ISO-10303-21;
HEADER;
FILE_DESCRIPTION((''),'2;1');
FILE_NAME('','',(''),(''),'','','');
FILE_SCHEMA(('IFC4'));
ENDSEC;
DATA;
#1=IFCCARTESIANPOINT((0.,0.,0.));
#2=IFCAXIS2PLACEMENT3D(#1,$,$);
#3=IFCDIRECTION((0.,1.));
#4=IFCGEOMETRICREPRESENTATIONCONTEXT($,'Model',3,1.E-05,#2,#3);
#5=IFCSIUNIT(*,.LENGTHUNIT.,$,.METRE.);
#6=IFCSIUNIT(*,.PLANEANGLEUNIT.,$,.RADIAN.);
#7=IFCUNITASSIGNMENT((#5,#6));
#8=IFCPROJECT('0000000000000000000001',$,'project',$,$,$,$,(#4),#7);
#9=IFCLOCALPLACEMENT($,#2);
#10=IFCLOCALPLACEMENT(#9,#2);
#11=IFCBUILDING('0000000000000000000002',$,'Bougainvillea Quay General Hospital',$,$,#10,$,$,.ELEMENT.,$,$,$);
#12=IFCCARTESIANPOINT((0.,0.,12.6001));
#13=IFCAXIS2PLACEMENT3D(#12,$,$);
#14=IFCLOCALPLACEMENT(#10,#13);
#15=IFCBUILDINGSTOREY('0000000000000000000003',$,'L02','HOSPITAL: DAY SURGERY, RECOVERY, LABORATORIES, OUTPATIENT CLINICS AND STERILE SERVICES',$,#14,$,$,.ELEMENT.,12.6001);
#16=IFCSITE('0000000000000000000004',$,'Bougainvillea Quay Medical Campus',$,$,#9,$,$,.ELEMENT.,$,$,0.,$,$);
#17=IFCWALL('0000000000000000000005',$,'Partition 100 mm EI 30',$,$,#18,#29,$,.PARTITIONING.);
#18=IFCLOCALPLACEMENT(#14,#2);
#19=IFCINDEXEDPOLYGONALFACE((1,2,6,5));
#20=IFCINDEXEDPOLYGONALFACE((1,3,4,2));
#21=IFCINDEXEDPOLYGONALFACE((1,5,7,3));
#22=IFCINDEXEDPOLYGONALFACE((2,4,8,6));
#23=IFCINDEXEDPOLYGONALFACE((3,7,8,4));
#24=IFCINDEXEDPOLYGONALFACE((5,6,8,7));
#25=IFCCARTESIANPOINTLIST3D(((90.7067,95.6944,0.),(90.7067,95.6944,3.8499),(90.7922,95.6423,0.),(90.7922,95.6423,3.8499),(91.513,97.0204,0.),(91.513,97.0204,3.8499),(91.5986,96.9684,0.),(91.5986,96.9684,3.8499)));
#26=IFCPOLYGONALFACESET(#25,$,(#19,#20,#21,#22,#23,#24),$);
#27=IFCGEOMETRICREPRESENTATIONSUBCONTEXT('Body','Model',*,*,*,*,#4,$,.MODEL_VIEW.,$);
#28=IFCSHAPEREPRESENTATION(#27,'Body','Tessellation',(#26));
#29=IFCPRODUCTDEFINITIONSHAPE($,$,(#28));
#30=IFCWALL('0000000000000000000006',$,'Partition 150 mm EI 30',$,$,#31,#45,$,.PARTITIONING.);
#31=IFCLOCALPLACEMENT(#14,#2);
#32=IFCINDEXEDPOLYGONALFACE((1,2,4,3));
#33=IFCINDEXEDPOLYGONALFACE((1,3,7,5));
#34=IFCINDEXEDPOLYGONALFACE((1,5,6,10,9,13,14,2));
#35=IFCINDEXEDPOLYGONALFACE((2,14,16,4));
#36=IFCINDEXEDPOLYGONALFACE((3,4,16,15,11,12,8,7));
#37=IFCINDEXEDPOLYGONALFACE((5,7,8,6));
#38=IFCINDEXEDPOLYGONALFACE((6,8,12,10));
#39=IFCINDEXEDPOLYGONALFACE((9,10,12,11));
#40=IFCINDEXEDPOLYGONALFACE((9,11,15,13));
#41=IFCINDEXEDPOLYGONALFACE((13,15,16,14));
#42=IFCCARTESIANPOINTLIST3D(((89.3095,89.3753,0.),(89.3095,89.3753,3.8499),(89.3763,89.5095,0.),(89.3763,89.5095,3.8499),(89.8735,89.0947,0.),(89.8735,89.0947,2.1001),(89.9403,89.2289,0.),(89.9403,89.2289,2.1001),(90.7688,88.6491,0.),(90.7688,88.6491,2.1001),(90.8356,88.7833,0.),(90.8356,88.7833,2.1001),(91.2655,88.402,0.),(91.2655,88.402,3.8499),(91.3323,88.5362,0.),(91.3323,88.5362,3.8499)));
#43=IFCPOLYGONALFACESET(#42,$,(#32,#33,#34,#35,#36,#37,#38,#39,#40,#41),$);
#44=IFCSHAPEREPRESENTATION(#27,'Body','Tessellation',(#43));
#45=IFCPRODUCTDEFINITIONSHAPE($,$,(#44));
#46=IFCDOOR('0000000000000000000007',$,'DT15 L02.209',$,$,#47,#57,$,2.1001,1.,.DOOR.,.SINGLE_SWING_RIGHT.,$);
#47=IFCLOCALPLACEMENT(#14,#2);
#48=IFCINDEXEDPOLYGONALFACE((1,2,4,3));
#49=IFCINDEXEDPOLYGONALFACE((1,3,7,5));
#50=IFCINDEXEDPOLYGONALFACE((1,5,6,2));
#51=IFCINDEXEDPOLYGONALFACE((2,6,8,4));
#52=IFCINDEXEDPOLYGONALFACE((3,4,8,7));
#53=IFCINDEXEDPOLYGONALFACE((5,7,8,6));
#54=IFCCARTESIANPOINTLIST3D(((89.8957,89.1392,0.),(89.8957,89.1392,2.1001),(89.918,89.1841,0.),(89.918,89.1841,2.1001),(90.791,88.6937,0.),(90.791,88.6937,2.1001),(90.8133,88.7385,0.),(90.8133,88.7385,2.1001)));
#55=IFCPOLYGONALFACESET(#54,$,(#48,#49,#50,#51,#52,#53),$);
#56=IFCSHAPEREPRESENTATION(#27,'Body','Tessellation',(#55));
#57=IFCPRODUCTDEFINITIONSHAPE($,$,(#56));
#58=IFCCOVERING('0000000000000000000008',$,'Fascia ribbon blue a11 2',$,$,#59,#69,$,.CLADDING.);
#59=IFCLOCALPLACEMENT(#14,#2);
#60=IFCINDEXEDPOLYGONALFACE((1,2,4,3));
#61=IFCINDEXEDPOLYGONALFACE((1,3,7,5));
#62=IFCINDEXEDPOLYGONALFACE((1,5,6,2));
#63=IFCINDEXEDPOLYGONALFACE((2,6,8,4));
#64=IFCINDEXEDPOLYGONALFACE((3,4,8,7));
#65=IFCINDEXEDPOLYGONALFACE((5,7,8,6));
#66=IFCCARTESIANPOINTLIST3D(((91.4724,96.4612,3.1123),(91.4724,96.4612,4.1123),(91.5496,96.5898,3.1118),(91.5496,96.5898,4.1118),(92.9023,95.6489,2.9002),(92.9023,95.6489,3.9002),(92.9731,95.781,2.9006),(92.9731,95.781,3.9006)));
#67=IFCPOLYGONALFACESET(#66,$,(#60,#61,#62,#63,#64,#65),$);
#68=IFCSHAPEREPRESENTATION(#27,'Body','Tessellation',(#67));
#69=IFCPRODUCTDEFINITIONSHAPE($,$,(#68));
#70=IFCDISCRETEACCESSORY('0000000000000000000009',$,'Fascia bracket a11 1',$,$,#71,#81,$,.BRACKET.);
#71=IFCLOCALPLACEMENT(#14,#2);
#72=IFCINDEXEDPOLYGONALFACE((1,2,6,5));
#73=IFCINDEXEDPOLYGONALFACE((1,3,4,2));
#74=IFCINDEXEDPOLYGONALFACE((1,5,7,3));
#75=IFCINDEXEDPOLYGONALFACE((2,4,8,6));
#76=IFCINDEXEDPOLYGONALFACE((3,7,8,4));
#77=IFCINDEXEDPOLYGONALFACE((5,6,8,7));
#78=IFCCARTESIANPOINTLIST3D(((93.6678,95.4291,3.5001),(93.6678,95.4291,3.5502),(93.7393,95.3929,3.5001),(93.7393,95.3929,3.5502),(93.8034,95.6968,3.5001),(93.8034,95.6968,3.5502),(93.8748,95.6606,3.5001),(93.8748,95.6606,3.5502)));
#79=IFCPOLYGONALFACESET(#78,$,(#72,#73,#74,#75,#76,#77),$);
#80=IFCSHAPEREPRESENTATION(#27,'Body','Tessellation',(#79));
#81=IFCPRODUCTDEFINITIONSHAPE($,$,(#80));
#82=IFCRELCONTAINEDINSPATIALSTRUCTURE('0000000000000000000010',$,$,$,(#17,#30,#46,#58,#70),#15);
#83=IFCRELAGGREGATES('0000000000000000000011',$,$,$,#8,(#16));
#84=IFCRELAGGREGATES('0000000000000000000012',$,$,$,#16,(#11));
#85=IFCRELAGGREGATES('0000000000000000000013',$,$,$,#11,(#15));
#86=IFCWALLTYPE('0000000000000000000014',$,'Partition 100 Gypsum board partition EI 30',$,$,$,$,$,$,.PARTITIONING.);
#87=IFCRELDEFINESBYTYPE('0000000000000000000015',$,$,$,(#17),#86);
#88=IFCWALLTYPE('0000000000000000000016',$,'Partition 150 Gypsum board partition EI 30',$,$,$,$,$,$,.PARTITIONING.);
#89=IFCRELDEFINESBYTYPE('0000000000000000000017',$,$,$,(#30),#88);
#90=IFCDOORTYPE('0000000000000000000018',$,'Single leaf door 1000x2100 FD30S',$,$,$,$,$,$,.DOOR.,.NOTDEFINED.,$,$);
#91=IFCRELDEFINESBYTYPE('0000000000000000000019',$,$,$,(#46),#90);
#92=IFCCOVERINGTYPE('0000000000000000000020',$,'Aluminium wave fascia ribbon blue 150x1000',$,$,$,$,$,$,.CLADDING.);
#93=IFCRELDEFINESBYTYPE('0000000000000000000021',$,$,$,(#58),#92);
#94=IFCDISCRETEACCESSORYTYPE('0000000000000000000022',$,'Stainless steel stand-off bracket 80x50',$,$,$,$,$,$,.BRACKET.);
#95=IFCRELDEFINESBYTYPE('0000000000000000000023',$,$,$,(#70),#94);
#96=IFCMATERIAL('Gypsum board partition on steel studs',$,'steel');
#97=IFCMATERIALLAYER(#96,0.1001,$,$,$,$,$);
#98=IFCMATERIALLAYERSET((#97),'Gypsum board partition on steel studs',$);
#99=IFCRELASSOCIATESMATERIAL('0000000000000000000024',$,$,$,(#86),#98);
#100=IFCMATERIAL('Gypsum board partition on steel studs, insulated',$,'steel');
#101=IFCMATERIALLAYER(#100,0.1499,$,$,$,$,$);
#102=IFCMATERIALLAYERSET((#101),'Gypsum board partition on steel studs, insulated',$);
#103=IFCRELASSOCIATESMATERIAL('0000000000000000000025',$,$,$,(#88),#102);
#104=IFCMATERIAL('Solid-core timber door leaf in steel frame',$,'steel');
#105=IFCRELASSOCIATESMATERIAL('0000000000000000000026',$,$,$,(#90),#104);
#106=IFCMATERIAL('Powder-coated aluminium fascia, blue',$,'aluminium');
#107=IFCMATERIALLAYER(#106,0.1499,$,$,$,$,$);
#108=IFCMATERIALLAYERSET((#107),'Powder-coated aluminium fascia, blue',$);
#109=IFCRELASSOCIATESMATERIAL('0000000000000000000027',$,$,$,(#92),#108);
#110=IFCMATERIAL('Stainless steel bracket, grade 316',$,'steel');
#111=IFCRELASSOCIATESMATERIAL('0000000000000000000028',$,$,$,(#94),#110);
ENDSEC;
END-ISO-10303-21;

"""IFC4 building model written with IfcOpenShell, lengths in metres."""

from ifc_helpers import new_model, si_unit, direction, frame, frame_2d, origin, origin_2d, place, context, subcontext, project, spatial, polyline, rectangle, outline, extrude, material, layer, layer_set, material_profile, profile_set, type_object, element, fill, save


model = new_model("IFC4")

# Units and contexts
model_context = context("Model", 3, precision=1e-05, world=origin(), true_north=direction((0.0, 1.0)))
body_context = subcontext(model_context, "Body", "Model", "MODEL_VIEW")
ifc_project = project(units=[si_unit("LENGTHUNIT", "METRE"), si_unit("PLANEANGLEUNIT", "RADIAN")], contexts=[model_context])

# Site, building, storey
site_placement = place(None, origin())
site = spatial("IfcSite", under=ifc_project, at=site_placement, Name="Bougainvillea Quay Medical Campus", CompositionType="ELEMENT", RefElevation=0.0)
building_placement = place(site_placement, origin())
building = spatial("IfcBuilding", under=site, at=building_placement, Name="Bougainvillea Quay General Hospital", CompositionType="ELEMENT")
storey_placement = place(building_placement, frame((0.0, 0.0, 12.6001)))
storey = spatial("IfcBuildingStorey", under=building, at=storey_placement, Name="L02", Description="HOSPITAL: DAY SURGERY, RECOVERY, LABORATORIES, OUTPATIENT CLINICS AND STERILE SERVICES", CompositionType="ELEMENT", Elevation=12.6001)

# Wall
ifc_material_1 = material(Name="Gypsum board partition on steel studs", Category="steel")
ifc_layer_1 = layer(ifc_material_1, 0.1001)
ifc_layer_set_1 = layer_set([ifc_layer_1], Name="Gypsum board partition on steel studs")
wall_type_1 = type_object("IfcWallType", Name="Partition 100 Gypsum board partition EI 30", PredefinedType="PARTITIONING", material=ifc_layer_set_1)
wall_1_placement = place(storey_placement, frame((90.7495, 95.6685, 0.0), z_axis=(0.0, 0.0, 1.0), x_axis=(0.519553, 0.854438, 0.0)))
element("IfcWall", 1, at=wall_1_placement, inside=storey, type_object=wall_type_1, Name="Partition 100 mm EI 30", PredefinedType="PARTITIONING", context=body_context, shape_type="SweptSolid", body=[
    extrude(rectangle(XDim=1.552, YDim=0.1001, at=frame_2d((0.7759, 0.0))), origin(), (0.0, 0.0, 1.0), 3.8499),
])

# Wall, opening, door
ifc_material_2 = material(Name="Gypsum board partition on steel studs, insulated", Category="steel")
ifc_layer_2 = layer(ifc_material_2, 0.1499)
ifc_layer_set_2 = layer_set([ifc_layer_2], Name="Gypsum board partition on steel studs, insulated")
wall_type_2 = type_object("IfcWallType", Name="Partition 150 Gypsum board partition EI 30", PredefinedType="PARTITIONING", material=ifc_layer_set_2)
wall_2_placement = place(storey_placement, frame((89.343, 89.4424, 0.0), z_axis=(0.0, 0.0, 1.0), x_axis=(0.895275, -0.445514, 0.0)))
wall_2 = element("IfcWall", 2, at=wall_2_placement, inside=storey, type_object=wall_type_2, Name="Partition 150 mm EI 30", PredefinedType="PARTITIONING", context=body_context, shape_type="SweptSolid", body=[
    extrude(rectangle(XDim=2.1848, YDim=0.1499, at=frame_2d((1.0923, 0.0))), origin(), (0.0, 0.0, 1.0), 3.8499),
])
opening_placement = place(wall_2_placement, frame((0.6299, 0.0, 0.0)))
opening = element("IfcOpeningElement", 3, at=opening_placement, cuts=wall_2, PredefinedType="OPENING", context=body_context, shape_type="SweptSolid", body=[
    extrude(rectangle(XDim=1.0, YDim=2.1001, at=frame_2d((0.5, 1.05))), frame((0.0, 0.085, 0.0), z_axis=(0.0, -1.0, 0.0), x_axis=(1.0, 0.0, 0.0)), (0.0, 0.0, 1.0), 0.1699),
])
ifc_material_3 = material(Name="Solid-core timber door leaf in steel frame", Category="steel")
door_type = type_object("IfcDoorType", Name="Single leaf door 1000x2100 FD30S", OperationType="NOTDEFINED", PredefinedType="DOOR", material=ifc_material_3)
door_placement = place(opening_placement, origin())
door = element("IfcDoor", 4, at=door_placement, inside=storey, type_object=door_type, Name="DT15 L02.209", OperationType="SINGLE_SWING_RIGHT", OverallHeight=2.1001, OverallWidth=1.0, PredefinedType="DOOR", context=body_context, shape_type="SweptSolid", body=[
    extrude(rectangle(XDim=1.0, YDim=2.1001, at=frame_2d((0.5, 1.05))), frame((0.0, 0.0249, 0.0), z_axis=(0.0, -1.0, 0.0), x_axis=(1.0, 0.0, 0.0)), (0.0, 0.0, 1.0), 0.05),
])
fill(opening, door)

# Covering
ifc_material_4 = material(Name="Powder-coated aluminium fascia, blue", Category="aluminium")
ifc_layer_3 = layer(ifc_material_4, 0.1499)
ifc_layer_set_3 = layer_set([ifc_layer_3], Name="Powder-coated aluminium fascia, blue")
covering_type = type_object("IfcCoveringType", Name="Aluminium wave fascia ribbon blue 150x1000", PredefinedType="CLADDING", material=ifc_layer_set_3)
covering_placement = place(storey_placement, frame((92.9731, 95.781, 2.9006), z_axis=(0.11127, -0.063136, 0.991783), x_axis=(-0.862316, 0.489942, 0.127935)))
element("IfcCovering", 5, at=covering_placement, inside=storey, type_object=covering_type, Name="Fascia ribbon blue a11 2", PredefinedType="CLADDING", context=body_context, shape_type="SweptSolid", body=[
    extrude(outline(polyline([(0.0, 0.0), (1.6509, 0.0), (1.6544, 0.15), (-0.0037, 0.1498), (0.0, 0.0)])), origin(), (0.127935, 0.000072, 0.991783), 1.0),
])

# Discrete accessory
ifc_material_5 = material(Name="Stainless steel bracket, grade 316", Category="steel")
ifc_material_profile_1 = material_profile(ifc_material_5, rectangle(XDim=0.0801, YDim=0.05, at=origin_2d()))
ifc_profile_set_1 = profile_set([ifc_material_profile_1], Name="Stainless steel bracket, grade 316")
discrete_accessory_type = type_object("IfcDiscreteAccessoryType", Name="Stainless steel stand-off bracket 80x50", PredefinedType="BRACKET", material=ifc_profile_set_1)
discrete_accessory_placement = place(storey_placement, frame((93.8391, 95.6787, 3.5251), z_axis=(-0.451766, -0.892136, 0.0), x_axis=(0.892136, -0.451766, 0.0)))
element("IfcDiscreteAccessory", 6, at=discrete_accessory_placement, inside=storey, type_object=discrete_accessory_type, Name="Fascia bracket a11 1", PredefinedType="BRACKET", context=body_context, shape_type="SweptSolid", body=[
    extrude(rectangle(XDim=0.0801, YDim=0.05, at=origin_2d()), origin(), (0.0, 0.0, 1.0), 0.3),
])

save(model, "model.ifc")
